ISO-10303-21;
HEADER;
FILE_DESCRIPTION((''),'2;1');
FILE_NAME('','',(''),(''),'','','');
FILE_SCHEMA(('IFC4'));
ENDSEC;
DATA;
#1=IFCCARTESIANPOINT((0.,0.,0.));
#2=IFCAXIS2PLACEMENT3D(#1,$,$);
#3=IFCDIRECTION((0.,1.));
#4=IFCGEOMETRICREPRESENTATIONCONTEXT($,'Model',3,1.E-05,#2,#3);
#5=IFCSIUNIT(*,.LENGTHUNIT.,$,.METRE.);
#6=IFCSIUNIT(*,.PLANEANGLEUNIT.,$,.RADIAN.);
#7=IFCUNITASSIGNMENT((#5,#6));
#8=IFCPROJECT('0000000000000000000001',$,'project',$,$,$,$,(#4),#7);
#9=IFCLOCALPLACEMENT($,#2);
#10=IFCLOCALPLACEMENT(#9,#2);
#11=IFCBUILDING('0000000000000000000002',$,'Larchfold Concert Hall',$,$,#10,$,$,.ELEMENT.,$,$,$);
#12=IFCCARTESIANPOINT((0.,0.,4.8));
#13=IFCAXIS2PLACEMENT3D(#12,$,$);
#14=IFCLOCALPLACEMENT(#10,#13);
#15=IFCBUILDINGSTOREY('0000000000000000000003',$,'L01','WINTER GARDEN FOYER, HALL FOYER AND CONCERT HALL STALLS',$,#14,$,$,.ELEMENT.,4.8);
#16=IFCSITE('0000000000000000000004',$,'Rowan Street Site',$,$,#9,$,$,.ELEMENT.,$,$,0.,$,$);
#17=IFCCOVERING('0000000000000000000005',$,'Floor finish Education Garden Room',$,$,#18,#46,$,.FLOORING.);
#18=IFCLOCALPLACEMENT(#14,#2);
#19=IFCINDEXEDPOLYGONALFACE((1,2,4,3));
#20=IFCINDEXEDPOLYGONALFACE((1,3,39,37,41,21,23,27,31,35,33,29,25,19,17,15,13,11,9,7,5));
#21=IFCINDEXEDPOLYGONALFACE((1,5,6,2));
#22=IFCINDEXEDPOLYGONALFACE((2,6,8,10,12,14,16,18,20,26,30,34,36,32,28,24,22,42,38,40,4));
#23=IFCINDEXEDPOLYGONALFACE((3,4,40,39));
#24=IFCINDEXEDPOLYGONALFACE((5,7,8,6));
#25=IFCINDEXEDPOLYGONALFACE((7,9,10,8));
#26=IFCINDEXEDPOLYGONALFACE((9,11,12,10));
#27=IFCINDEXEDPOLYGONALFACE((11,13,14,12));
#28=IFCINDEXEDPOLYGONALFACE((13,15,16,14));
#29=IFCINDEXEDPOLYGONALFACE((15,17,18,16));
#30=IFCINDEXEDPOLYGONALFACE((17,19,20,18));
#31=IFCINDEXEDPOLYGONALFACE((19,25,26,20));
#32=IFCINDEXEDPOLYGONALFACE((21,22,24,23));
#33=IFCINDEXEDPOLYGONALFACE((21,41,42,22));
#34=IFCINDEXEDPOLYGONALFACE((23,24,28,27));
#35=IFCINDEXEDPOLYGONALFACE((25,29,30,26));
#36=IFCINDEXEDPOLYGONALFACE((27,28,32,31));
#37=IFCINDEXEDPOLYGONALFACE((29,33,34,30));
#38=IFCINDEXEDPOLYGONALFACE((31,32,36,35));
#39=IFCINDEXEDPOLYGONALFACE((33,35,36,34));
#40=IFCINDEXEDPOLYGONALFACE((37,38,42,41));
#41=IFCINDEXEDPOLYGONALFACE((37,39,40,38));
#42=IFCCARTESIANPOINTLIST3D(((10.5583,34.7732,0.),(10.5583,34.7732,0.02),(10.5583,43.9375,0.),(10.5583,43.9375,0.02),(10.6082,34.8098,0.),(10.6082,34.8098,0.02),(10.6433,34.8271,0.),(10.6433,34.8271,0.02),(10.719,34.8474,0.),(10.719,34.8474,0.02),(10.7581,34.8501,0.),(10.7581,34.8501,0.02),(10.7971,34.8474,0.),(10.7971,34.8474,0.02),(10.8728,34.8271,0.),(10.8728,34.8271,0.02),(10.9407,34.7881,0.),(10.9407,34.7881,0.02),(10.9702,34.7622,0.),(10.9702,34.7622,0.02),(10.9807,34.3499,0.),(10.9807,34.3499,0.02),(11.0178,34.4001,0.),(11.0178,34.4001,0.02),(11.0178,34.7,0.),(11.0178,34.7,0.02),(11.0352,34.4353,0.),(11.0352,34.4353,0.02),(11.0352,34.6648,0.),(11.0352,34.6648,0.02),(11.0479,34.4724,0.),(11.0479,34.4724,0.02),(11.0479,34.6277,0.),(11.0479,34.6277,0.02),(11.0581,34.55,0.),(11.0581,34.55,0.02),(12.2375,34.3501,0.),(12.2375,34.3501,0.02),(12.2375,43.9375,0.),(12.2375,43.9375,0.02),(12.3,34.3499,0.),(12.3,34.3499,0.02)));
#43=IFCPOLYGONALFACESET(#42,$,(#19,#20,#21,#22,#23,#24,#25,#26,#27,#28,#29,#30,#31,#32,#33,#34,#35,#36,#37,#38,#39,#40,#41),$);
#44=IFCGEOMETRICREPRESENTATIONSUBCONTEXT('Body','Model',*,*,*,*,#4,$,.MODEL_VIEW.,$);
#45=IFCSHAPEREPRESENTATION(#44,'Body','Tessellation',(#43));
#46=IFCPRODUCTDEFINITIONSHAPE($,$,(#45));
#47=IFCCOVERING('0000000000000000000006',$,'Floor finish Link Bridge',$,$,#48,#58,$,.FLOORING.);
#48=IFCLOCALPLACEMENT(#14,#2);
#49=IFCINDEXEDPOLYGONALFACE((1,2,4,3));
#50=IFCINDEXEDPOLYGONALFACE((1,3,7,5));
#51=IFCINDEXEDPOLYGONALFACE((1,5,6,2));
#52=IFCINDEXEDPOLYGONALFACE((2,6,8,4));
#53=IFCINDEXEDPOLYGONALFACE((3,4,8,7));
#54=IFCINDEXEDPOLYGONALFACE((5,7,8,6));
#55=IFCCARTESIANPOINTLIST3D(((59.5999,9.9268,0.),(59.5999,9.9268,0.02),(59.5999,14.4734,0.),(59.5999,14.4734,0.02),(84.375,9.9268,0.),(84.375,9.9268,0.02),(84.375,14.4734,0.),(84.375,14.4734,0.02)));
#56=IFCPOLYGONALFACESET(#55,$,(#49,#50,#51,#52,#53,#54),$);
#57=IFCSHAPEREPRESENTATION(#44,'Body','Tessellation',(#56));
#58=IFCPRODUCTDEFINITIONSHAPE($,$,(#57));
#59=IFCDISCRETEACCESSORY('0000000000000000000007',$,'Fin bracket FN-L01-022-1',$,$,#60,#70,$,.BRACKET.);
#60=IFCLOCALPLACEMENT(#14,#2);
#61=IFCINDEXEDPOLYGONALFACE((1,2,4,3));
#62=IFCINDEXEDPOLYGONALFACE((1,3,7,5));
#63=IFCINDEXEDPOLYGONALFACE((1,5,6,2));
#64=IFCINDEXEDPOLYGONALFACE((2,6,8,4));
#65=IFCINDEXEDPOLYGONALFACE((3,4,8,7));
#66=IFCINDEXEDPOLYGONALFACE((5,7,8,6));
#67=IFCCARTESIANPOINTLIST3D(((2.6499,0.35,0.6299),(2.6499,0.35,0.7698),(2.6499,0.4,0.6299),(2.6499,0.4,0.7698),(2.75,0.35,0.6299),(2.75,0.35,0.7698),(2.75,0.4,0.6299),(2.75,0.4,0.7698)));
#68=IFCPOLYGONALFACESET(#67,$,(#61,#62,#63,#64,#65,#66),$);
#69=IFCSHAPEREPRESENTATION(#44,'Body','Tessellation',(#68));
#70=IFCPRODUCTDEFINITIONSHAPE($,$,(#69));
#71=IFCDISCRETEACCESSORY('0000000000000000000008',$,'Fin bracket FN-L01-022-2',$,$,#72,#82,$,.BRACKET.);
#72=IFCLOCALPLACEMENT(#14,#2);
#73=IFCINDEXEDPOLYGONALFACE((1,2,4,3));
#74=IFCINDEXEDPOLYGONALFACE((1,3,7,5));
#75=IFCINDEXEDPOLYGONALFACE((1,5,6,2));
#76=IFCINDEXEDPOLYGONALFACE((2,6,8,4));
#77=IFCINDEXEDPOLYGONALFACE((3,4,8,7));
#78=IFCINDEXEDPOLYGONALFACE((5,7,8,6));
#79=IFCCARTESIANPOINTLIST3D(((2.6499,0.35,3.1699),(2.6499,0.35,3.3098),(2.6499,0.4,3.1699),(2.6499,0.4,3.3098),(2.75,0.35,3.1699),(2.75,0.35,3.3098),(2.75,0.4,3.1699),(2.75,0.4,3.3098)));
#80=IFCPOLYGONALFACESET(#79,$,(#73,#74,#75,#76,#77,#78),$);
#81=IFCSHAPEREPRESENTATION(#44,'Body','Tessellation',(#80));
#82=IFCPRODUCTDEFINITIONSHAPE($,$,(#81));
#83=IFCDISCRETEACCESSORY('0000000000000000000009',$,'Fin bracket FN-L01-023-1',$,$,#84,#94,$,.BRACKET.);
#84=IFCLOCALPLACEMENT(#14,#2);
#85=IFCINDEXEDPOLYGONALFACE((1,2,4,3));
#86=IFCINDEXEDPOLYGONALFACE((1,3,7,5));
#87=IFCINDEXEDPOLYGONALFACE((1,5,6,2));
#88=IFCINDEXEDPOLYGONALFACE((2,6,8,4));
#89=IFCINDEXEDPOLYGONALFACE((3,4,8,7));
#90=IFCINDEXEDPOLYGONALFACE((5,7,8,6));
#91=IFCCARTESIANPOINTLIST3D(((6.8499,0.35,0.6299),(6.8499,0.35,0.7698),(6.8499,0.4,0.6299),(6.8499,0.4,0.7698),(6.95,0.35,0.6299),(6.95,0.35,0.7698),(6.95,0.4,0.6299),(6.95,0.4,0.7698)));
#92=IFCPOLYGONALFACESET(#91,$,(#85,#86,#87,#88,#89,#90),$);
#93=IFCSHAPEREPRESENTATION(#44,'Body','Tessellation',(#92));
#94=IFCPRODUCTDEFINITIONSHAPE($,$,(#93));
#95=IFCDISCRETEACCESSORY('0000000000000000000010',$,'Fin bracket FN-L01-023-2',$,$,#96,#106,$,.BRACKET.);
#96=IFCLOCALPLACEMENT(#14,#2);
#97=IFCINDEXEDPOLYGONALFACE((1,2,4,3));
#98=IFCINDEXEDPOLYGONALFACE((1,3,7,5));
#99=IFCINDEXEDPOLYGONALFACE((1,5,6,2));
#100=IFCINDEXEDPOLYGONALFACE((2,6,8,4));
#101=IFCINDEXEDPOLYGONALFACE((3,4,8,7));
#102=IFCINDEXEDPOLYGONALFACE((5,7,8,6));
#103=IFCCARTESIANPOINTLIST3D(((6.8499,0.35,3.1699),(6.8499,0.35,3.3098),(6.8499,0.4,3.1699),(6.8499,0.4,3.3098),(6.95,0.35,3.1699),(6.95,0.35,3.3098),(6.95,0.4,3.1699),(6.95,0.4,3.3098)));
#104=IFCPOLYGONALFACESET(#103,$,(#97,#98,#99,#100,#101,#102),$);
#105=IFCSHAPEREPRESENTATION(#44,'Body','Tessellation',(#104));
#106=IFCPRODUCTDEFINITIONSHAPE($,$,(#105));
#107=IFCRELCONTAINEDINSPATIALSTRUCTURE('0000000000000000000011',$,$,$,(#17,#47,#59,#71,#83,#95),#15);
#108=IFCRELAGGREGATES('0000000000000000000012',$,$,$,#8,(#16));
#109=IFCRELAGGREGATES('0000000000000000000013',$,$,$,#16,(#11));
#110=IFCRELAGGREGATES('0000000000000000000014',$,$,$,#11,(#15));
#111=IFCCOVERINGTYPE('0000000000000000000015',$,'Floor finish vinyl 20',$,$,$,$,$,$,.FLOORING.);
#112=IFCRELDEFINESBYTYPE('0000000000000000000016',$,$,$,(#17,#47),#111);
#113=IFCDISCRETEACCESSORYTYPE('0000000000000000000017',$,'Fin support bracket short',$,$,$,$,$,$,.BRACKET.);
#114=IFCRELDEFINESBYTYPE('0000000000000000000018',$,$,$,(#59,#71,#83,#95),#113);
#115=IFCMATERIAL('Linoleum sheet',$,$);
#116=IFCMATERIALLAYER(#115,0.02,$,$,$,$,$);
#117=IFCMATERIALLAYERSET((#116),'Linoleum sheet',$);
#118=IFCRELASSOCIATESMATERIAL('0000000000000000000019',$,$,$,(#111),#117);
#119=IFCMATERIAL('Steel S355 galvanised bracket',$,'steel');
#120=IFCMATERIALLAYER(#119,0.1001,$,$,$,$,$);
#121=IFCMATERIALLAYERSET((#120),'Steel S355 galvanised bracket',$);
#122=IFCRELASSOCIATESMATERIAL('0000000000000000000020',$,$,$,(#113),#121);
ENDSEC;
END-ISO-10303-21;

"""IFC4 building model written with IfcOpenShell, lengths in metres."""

from ifc_helpers import new_model, si_unit, direction, frame, origin, origin_2d, place, context, subcontext, project, spatial, polyline, rectangle, outline, extrude, material, layer, layer_set, type_object, element, save


model = new_model("IFC4")

# Units and contexts
model_context = context("Model", 3, precision=1e-05, world=origin(), true_north=direction((0.0, 1.0)))
body_context = subcontext(model_context, "Body", "Model", "MODEL_VIEW")
ifc_project = project(units=[si_unit("LENGTHUNIT", "METRE"), si_unit("PLANEANGLEUNIT", "RADIAN")], contexts=[model_context])

# Site, building, storey
site_placement = place(None, origin())
site = spatial("IfcSite", under=ifc_project, at=site_placement, Name="Rowan Street Site", CompositionType="ELEMENT", RefElevation=0.0)
building_placement = place(site_placement, origin())
building = spatial("IfcBuilding", under=site, at=building_placement, Name="Larchfold Concert Hall", CompositionType="ELEMENT")
storey_placement = place(building_placement, frame((0.0, 0.0, 4.8)))
storey = spatial("IfcBuildingStorey", under=building, at=storey_placement, Name="L01", Description="WINTER GARDEN FOYER, HALL FOYER AND CONCERT HALL STALLS", CompositionType="ELEMENT", Elevation=4.8)

# Coverings
ifc_material_1 = material(Name="Linoleum sheet")
ifc_layer_1 = layer(ifc_material_1, 0.02)
ifc_layer_set_1 = layer_set([ifc_layer_1], Name="Linoleum sheet")
covering_type_1 = type_object("IfcCoveringType", Name="Floor finish vinyl 20", PredefinedType="FLOORING", material=ifc_layer_set_1)
covering_1_placement = place(storey_placement, origin())
element("IfcCovering", 1, at=covering_1_placement, inside=storey, type_object=covering_type_1, Name="Floor finish Education Garden Room", PredefinedType="FLOORING", context=body_context, shape_type="SweptSolid", body=[
    extrude(outline(polyline([(12.3, 34.3499), (12.2375, 34.3501), (12.2375, 43.9375), (10.5583, 43.9375), (10.5583, 34.7732), (10.6082, 34.8098), (10.6433, 34.8271), (10.719, 34.8474), (10.7581, 34.8501), (10.7971, 34.8474), (10.8728, 34.8271), (10.9407, 34.7881), (10.9702, 34.7622), (11.0178, 34.7), (11.0352, 34.6648), (11.0479, 34.6277), (11.0581, 34.55), (11.0479, 34.4724), (11.0352, 34.4353), (11.0178, 34.4001), (10.9807, 34.3499), (12.3, 34.3499)])), origin(), (0.0, 0.0, 1.0), 0.02),
])
covering_2_placement = place(storey_placement, origin())
element("IfcCovering", 2, at=covering_2_placement, inside=storey, type_object=covering_type_1, Name="Floor finish Link Bridge", PredefinedType="FLOORING", context=body_context, shape_type="SweptSolid", body=[
    extrude(outline(polyline([(59.5999, 9.9268), (84.375, 9.9268), (84.375, 14.4734), (59.5999, 14.4734), (59.5999, 9.9268)])), origin(), (0.0, 0.0, 1.0), 0.02),
])

# Discrete accessories
ifc_material_2 = material(Name="Steel S355 galvanised bracket", Category="steel")
ifc_layer_2 = layer(ifc_material_2, 0.1001)
ifc_layer_set_2 = layer_set([ifc_layer_2], Name="Steel S355 galvanised bracket")
discrete_accessory_type = type_object("IfcDiscreteAccessoryType", Name="Fin support bracket short", PredefinedType="BRACKET", material=ifc_layer_set_2)
for number, where, z_axis, x_axis, name in (
    (3, (2.7, 0.375, 0.6299), (0.0, 0.0, 1.0), (0.0, -1.0, 0.0), "Fin bracket FN-L01-022-1"),
    (4, (2.7, 0.375, 3.1699), (0.0, 0.0, 1.0), (0.0, -1.0, 0.0), "Fin bracket FN-L01-022-2"),
    (5, (6.8999, 0.375, 0.6299), (0.0, 0.0, 1.0), (0.0, -1.0, 0.0), "Fin bracket FN-L01-023-1"),
    (6, (6.8999, 0.375, 3.1699), (0.0, 0.0, 1.0), (0.0, -1.0, 0.0), "Fin bracket FN-L01-023-2"),
):
    element("IfcDiscreteAccessory", number, at=place(storey_placement, frame(where, z_axis=z_axis, x_axis=x_axis)), inside=storey, type_object=discrete_accessory_type, Name=name, PredefinedType="BRACKET", context=body_context, shape_type="SweptSolid", body=[
        extrude(rectangle(XDim=0.05, YDim=0.1001, at=origin_2d()), origin(), (0.0, 0.0, 1.0), 0.1399),
    ])

save(model, "model.ifc")
